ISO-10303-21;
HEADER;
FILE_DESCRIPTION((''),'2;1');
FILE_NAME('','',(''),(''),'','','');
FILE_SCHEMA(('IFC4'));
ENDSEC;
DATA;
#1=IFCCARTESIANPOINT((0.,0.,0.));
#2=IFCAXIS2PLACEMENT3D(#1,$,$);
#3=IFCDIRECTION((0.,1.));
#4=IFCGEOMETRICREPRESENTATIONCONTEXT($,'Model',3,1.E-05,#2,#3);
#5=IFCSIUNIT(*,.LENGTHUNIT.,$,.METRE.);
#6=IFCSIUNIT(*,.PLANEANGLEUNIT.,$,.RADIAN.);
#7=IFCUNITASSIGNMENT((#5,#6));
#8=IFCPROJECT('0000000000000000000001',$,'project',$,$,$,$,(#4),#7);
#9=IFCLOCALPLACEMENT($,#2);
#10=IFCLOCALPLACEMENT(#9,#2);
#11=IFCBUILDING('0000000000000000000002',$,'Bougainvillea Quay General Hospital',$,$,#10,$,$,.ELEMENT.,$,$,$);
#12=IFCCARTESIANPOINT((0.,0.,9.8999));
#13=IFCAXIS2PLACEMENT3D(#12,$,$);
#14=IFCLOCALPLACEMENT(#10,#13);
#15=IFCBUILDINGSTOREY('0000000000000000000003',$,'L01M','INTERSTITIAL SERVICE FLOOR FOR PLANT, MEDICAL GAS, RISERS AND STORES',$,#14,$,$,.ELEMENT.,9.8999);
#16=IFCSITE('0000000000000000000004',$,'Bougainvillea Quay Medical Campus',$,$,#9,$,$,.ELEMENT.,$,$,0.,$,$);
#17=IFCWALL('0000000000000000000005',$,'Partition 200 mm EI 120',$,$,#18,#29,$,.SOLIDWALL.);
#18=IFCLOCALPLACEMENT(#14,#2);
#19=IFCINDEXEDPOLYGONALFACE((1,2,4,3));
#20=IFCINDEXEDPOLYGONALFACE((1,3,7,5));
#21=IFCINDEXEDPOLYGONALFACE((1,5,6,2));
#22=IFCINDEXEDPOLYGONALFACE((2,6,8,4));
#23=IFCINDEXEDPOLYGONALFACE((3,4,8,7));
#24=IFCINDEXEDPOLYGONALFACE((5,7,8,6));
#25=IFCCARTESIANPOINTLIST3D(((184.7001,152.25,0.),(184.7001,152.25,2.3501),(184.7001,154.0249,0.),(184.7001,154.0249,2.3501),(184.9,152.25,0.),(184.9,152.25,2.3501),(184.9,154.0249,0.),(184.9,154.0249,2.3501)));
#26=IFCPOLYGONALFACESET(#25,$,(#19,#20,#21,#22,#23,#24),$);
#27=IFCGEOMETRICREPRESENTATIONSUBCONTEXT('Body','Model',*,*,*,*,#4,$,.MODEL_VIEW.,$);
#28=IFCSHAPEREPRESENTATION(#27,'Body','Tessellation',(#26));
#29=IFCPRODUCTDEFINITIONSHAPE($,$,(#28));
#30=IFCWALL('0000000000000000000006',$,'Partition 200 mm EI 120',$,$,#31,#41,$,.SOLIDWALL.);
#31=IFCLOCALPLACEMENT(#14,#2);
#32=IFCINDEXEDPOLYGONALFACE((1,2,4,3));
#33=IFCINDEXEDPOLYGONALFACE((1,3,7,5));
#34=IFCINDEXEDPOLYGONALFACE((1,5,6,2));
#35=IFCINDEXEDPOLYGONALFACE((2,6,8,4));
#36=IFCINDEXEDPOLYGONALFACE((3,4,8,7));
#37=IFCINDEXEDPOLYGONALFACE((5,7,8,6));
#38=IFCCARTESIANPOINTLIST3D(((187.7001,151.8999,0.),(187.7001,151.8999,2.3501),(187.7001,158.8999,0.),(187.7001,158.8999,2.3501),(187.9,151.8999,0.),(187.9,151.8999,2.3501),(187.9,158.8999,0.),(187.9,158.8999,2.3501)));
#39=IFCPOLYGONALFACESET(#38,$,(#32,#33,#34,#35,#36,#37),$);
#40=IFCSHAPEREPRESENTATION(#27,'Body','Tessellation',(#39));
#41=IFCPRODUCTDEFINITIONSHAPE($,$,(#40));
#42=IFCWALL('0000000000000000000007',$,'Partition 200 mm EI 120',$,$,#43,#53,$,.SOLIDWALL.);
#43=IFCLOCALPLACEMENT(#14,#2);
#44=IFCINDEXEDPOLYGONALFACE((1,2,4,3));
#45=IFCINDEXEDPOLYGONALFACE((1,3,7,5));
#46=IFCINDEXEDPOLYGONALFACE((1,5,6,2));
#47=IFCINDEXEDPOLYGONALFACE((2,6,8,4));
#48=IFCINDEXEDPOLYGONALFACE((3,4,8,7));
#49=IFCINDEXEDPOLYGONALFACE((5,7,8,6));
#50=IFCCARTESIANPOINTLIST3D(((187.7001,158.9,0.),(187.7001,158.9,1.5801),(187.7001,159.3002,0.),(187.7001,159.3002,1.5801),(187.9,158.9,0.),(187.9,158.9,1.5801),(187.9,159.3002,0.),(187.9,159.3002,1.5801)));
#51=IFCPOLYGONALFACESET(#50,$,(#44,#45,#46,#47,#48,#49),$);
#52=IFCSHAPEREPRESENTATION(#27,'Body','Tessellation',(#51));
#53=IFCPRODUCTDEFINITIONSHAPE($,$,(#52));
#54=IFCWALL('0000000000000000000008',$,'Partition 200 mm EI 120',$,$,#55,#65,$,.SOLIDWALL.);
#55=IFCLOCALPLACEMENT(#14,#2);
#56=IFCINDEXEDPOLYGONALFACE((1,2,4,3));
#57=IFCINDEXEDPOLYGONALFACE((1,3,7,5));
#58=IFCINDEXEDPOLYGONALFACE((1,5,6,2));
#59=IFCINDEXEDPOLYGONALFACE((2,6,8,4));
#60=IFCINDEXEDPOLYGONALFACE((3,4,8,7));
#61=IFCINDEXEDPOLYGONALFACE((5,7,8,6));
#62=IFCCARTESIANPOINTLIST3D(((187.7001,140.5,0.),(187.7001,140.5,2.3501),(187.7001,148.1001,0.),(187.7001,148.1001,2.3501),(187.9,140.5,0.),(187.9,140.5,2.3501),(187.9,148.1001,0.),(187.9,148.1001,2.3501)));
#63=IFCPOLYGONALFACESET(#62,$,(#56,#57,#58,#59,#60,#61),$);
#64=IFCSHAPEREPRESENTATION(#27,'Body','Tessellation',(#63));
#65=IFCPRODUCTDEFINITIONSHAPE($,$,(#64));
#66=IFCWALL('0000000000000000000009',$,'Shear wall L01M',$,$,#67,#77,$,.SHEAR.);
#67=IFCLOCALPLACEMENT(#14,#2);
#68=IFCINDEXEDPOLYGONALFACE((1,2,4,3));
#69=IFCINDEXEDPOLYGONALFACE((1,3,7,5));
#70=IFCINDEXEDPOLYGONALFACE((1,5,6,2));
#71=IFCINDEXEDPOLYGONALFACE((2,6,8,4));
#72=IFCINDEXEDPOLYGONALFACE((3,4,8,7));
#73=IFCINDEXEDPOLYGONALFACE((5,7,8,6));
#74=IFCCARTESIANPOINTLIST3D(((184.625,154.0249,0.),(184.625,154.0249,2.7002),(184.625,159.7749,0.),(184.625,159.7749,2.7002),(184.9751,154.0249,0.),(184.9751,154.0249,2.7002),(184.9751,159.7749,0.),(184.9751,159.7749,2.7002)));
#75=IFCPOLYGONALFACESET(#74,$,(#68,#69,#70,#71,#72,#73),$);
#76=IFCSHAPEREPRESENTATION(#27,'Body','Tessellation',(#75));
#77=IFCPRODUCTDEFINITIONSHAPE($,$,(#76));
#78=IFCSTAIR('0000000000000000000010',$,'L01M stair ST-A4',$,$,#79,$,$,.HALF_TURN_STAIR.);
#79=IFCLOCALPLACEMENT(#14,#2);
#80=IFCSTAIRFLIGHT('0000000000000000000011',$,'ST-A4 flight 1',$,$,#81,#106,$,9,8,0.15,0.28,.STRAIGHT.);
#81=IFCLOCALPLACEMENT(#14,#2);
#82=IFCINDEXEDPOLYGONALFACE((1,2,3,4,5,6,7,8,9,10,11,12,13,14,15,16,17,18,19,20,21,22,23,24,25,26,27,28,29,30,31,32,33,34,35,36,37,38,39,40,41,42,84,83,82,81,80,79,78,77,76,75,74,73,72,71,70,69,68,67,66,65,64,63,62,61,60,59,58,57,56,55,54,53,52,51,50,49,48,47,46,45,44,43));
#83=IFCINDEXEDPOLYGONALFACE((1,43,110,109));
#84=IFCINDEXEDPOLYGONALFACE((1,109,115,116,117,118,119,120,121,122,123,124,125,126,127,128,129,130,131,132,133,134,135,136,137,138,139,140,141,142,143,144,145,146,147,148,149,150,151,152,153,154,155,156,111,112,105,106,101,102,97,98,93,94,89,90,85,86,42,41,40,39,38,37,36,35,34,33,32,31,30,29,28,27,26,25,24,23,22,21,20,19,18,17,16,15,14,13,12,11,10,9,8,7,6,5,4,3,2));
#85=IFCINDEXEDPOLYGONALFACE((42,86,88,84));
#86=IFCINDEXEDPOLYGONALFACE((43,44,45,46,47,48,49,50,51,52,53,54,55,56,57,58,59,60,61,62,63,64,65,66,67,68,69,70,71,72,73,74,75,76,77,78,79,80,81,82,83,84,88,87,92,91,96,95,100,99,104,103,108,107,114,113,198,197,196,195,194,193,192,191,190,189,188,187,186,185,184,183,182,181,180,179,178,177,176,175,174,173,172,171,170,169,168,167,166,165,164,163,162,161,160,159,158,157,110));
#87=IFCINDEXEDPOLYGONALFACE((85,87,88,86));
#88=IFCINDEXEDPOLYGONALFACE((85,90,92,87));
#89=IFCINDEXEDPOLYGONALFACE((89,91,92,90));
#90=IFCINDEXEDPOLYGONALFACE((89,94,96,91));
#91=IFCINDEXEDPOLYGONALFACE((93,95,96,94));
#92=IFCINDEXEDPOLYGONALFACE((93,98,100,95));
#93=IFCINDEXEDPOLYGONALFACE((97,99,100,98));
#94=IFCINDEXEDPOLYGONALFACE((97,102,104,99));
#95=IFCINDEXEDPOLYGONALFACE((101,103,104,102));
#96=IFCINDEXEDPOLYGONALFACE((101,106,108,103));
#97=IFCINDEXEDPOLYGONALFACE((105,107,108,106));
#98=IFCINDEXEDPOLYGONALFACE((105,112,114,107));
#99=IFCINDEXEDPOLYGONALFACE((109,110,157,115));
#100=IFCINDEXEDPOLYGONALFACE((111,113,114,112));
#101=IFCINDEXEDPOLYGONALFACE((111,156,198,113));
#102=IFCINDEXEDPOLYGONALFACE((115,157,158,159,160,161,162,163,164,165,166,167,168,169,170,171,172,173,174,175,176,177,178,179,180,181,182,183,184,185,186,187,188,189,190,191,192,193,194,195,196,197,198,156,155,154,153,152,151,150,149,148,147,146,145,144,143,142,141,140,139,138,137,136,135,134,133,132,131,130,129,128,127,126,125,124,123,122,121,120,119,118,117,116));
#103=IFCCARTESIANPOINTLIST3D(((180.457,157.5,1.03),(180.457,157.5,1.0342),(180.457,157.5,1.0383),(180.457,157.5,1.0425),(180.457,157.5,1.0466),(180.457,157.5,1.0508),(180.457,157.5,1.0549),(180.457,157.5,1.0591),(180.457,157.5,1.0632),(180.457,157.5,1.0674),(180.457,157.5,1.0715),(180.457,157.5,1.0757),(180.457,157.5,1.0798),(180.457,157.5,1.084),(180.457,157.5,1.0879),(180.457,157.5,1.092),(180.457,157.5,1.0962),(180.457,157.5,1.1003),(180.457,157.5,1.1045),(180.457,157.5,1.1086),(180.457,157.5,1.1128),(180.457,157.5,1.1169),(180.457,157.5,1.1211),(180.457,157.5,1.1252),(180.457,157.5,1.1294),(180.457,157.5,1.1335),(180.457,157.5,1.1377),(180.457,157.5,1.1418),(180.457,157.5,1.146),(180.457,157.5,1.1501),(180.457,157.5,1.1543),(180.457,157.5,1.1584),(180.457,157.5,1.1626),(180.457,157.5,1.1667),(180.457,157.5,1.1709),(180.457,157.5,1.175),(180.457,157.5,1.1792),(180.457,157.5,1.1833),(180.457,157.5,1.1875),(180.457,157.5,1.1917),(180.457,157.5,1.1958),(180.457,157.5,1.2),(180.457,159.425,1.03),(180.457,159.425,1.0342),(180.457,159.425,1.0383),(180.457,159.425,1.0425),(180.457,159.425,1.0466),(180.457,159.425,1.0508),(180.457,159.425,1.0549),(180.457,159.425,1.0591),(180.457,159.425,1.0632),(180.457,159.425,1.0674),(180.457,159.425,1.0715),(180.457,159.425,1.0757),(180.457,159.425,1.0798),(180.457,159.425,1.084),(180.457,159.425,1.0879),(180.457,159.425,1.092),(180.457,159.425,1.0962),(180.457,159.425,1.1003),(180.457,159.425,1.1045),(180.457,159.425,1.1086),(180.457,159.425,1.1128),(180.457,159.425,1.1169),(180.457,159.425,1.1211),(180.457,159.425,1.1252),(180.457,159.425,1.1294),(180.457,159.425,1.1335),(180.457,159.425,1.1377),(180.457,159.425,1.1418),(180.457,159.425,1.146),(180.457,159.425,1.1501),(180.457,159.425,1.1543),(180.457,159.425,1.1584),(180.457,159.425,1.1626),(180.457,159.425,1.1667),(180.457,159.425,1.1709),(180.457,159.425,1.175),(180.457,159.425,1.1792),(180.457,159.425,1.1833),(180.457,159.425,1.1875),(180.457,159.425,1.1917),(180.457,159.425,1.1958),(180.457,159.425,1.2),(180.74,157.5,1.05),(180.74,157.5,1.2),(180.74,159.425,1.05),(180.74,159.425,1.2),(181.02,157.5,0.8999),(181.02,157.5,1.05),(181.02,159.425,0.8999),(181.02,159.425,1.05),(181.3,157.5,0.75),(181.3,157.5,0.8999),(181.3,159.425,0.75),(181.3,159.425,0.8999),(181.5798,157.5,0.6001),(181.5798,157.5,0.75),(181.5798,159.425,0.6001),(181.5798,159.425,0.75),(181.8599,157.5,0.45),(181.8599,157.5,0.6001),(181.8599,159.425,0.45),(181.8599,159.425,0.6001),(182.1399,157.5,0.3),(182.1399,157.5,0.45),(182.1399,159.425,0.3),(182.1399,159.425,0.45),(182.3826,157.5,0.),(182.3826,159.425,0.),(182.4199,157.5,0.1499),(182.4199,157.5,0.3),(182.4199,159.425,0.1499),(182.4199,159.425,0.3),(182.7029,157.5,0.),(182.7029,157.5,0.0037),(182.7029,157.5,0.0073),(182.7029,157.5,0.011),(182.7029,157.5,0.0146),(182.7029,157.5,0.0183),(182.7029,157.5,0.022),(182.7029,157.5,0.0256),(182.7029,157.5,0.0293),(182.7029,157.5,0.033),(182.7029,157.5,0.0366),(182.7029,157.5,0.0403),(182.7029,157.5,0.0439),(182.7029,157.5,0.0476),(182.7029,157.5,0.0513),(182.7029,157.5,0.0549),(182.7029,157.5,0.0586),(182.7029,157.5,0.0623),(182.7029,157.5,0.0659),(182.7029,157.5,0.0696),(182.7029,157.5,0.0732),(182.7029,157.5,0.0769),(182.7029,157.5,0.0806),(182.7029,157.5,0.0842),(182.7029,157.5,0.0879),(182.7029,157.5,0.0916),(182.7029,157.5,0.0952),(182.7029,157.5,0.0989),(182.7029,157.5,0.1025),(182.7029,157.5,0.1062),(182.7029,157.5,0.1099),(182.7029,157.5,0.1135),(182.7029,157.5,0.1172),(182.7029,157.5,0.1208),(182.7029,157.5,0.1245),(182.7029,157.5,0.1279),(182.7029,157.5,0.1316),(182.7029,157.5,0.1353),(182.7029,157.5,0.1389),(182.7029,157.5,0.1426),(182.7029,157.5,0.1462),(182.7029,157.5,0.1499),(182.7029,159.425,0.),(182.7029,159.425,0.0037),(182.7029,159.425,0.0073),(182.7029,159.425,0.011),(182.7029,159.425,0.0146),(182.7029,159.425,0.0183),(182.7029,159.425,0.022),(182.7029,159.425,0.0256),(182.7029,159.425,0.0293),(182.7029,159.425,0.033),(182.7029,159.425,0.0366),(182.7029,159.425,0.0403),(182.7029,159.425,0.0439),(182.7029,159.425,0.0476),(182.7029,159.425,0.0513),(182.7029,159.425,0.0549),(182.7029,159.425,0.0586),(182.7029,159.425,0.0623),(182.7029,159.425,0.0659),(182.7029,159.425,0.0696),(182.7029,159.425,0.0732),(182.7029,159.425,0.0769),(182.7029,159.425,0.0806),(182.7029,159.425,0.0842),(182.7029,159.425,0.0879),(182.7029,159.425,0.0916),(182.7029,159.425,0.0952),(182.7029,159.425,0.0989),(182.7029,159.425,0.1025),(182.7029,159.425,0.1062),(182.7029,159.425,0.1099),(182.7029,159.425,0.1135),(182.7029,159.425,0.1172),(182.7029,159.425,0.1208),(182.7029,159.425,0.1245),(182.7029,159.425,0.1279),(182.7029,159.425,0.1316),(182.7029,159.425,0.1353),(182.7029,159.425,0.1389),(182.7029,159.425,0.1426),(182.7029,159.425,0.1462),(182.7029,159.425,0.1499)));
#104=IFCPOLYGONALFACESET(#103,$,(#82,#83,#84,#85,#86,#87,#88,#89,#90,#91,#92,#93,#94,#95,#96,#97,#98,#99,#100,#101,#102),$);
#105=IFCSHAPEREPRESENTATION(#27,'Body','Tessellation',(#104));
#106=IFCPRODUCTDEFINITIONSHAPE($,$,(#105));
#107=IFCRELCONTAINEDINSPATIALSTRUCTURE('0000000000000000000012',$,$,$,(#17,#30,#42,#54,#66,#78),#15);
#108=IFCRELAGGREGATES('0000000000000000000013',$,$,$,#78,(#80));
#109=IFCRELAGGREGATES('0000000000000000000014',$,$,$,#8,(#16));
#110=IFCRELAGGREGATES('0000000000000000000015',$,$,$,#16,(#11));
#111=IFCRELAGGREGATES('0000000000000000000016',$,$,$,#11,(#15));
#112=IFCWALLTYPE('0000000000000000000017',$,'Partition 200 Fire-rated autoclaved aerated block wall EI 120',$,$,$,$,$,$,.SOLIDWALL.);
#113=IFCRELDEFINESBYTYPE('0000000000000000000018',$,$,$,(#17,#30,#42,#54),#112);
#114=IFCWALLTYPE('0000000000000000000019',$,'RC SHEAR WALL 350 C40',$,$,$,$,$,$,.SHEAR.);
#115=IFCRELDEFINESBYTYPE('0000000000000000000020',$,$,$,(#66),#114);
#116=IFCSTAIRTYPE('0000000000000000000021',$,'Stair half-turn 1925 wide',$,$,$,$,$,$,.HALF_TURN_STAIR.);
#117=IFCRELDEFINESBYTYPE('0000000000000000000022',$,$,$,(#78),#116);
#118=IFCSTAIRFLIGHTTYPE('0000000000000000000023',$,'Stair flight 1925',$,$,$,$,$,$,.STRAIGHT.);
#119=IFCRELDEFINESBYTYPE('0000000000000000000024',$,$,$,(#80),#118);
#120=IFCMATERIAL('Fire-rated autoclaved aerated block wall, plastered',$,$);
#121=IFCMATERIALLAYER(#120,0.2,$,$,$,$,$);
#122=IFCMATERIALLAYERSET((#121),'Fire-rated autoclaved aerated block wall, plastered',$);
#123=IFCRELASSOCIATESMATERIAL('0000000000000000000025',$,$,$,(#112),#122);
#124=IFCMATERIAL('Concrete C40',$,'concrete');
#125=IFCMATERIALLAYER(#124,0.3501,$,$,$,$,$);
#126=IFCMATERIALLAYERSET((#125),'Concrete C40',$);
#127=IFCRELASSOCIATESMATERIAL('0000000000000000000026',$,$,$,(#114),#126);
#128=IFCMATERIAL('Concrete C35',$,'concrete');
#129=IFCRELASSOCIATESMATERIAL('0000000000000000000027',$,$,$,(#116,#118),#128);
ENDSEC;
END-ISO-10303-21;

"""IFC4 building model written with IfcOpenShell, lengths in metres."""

from ifc_helpers import new_model, si_unit, direction, frame, frame_2d, origin, place, context, subcontext, project, spatial, polyline, rectangle, outline, extrude, material, layer, layer_set, type_object, element, aggregate, save


model = new_model("IFC4")

# Units and contexts
model_context = context("Model", 3, precision=1e-05, world=origin(), true_north=direction((0.0, 1.0)))
body_context = subcontext(model_context, "Body", "Model", "MODEL_VIEW")
ifc_project = project(units=[si_unit("LENGTHUNIT", "METRE"), si_unit("PLANEANGLEUNIT", "RADIAN")], contexts=[model_context])

# Site, building, storey
site_placement = place(None, origin())
site = spatial("IfcSite", under=ifc_project, at=site_placement, Name="Bougainvillea Quay Medical Campus", CompositionType="ELEMENT", RefElevation=0.0)
building_placement = place(site_placement, origin())
building = spatial("IfcBuilding", under=site, at=building_placement, Name="Bougainvillea Quay General Hospital", CompositionType="ELEMENT")
storey_placement = place(building_placement, frame((0.0, 0.0, 9.8999)))
storey = spatial("IfcBuildingStorey", under=building, at=storey_placement, Name="L01M", Description="INTERSTITIAL SERVICE FLOOR FOR PLANT, MEDICAL GAS, RISERS AND STORES", CompositionType="ELEMENT", Elevation=9.8999)

# Shared definitions
ifc_material_1 = material(Name="Concrete C40", Category="concrete")

# Shared definitions
ifc_material_2 = material(Name="Fire-rated autoclaved aerated block wall, plastered")
ifc_layer_1 = layer(ifc_material_2, 0.2)
ifc_layer_set_1 = layer_set([ifc_layer_1], Name="Fire-rated autoclaved aerated block wall, plastered")
wall_type_1 = type_object("IfcWallType", Name="Partition 200 Fire-rated autoclaved aerated block wall EI 120", PredefinedType="SOLIDWALL", material=ifc_layer_set_1)

# Walls
wall_1_placement = place(storey_placement, frame((184.8, 152.25, 0.0), z_axis=(0.0, 0.0, 1.0), x_axis=(0.0, 1.0, 0.0)))
element("IfcWall", 1, at=wall_1_placement, inside=storey, type_object=wall_type_1, Name="Partition 200 mm EI 120", PredefinedType="SOLIDWALL", context=body_context, shape_type="SweptSolid", body=[
    extrude(rectangle(XDim=1.7749, YDim=0.2, at=frame_2d((0.8875, 0.0))), origin(), (0.0, 0.0, 1.0), 2.3501),
])
wall_2_placement = place(storey_placement, frame((187.8, 151.8999, 0.0), z_axis=(0.0, 0.0, 1.0), x_axis=(0.0, 1.0, 0.0)))
element("IfcWall", 2, at=wall_2_placement, inside=storey, type_object=wall_type_1, Name="Partition 200 mm EI 120", PredefinedType="SOLIDWALL", context=body_context, shape_type="SweptSolid", body=[
    extrude(rectangle(XDim=7.0, YDim=0.2, at=frame_2d((3.5, 0.0))), origin(), (0.0, 0.0, 1.0), 2.3501),
])
wall_3_placement = place(storey_placement, frame((187.8, 158.8999, 0.0), z_axis=(0.0, 0.0, 1.0), x_axis=(0.0, 1.0, 0.0)))
element("IfcWall", 3, at=wall_3_placement, inside=storey, type_object=wall_type_1, Name="Partition 200 mm EI 120", PredefinedType="SOLIDWALL", context=body_context, shape_type="SweptSolid", body=[
    extrude(rectangle(XDim=0.4001, YDim=0.2, at=frame_2d((0.2002, 0.0))), origin(), (0.0, 0.0, 1.0), 1.5801),
])
wall_4_placement = place(storey_placement, frame((187.8, 140.5, 0.0), z_axis=(0.0, 0.0, 1.0), x_axis=(0.0, 1.0, 0.0)))
element("IfcWall", 4, at=wall_4_placement, inside=storey, type_object=wall_type_1, Name="Partition 200 mm EI 120", PredefinedType="SOLIDWALL", context=body_context, shape_type="SweptSolid", body=[
    extrude(rectangle(XDim=7.6001, YDim=0.2, at=frame_2d((3.8, 0.0))), origin(), (0.0, 0.0, 1.0), 2.3501),
])
ifc_layer_2 = layer(ifc_material_1, 0.3501)
ifc_layer_set_2 = layer_set([ifc_layer_2], Name="Concrete C40")
wall_type_2 = type_object("IfcWallType", Name="RC SHEAR WALL 350 C40", PredefinedType="SHEAR", material=ifc_layer_set_2)
wall_5_placement = place(storey_placement, frame((184.8, 154.0249, 0.0), z_axis=(0.0, 0.0, 1.0), x_axis=(0.0, 1.0, 0.0)))
element("IfcWall", 5, at=wall_5_placement, inside=storey, type_object=wall_type_2, Name="Shear wall L01M", PredefinedType="SHEAR", context=body_context, shape_type="SweptSolid", body=[
    extrude(rectangle(XDim=5.75, YDim=0.3501, at=frame_2d((2.875, 0.0))), origin(), (0.0, 0.0, 1.0), 2.7002),
])

# Stair, stair flight
ifc_material_3 = material(Name="Concrete C35", Category="concrete")
stair_type = type_object("IfcStairType", Name="Stair half-turn 1925 wide", PredefinedType="HALF_TURN_STAIR", material=ifc_material_3)
stair_placement = place(storey_placement, origin())
stair = element("IfcStair", 6, at=stair_placement, inside=storey, type_object=stair_type, Name="L01M stair ST-A4", PredefinedType="HALF_TURN_STAIR")
stair_flight_type = type_object("IfcStairFlightType", Name="Stair flight 1925", PredefinedType="STRAIGHT", material=ifc_material_3)
stair_flight_placement = place(storey_placement, frame((182.7, 158.4624, 0.0), z_axis=(0.0, 0.0, 1.0), x_axis=(-1.0, 0.0, 0.0)))
stair_flight = element("IfcStairFlight", 7, at=stair_flight_placement, type_object=stair_flight_type, Name="ST-A4 flight 1", NumberOfRisers=9, NumberOfTreads=8, PredefinedType="STRAIGHT", RiserHeight=0.15, TreadLength=0.28, context=body_context, shape_type="SweptSolid", body=[
    extrude(outline(polyline([(-0.0029, 0.0), (-0.0029, 0.0037), (-0.0029, 0.0073), (-0.0029, 0.011), (-0.0029, 0.0146), (-0.0029, 0.0183), (-0.0029, 0.022), (-0.0029, 0.0256), (-0.0029, 0.0293), (-0.0029, 0.033), (-0.0029, 0.0366), (-0.0029, 0.0403), (-0.0029, 0.0439), (-0.0029, 0.0476), (-0.0029, 0.0513), (-0.0029, 0.0549), (-0.0029, 0.0586), (-0.0029, 0.0623), (-0.0029, 0.0659), (-0.0029, 0.0696), (-0.0029, 0.0732), (-0.0029, 0.0769), (-0.0029, 0.0806), (-0.0029, 0.0842), (-0.0029, 0.0879), (-0.0029, 0.0916), (-0.0029, 0.0952), (-0.0029, 0.0989), (-0.0029, 0.1025), (-0.0029, 0.1062), (-0.0029, 0.1099), (-0.0029, 0.1135), (-0.0029, 0.1172), (-0.0029, 0.1208), (-0.0029, 0.1245), (-0.0029, 0.1279), (-0.0029, 0.1316), (-0.0029, 0.1353), (-0.0029, 0.1389), (-0.0029, 0.1426), (-0.0029, 0.1462), (-0.0029, 0.1499), (0.28, 0.1499), (0.28, 0.3), (0.5601, 0.3), (0.5601, 0.45), (0.8401, 0.45), (0.8401, 0.6001), (1.1201, 0.6001), (1.1201, 0.75), (1.3999, 0.75), (1.3999, 0.8999), (1.6799, 0.8999), (1.6799, 1.05), (1.96, 1.05), (1.96, 1.2), (2.2429, 1.2), (2.2429, 1.1958), (2.2429, 1.1917), (2.2429, 1.1875), (2.2429, 1.1833), (2.2429, 1.1792), (2.2429, 1.175), (2.2429, 1.1709), (2.2429, 1.1667), (2.2429, 1.1626), (2.2429, 1.1584), (2.2429, 1.1543), (2.2429, 1.1501), (2.2429, 1.146), (2.2429, 1.1418), (2.2429, 1.1377), (2.2429, 1.1335), (2.2429, 1.1294), (2.2429, 1.1252), (2.2429, 1.1211), (2.2429, 1.1169), (2.2429, 1.1128), (2.2429, 1.1086), (2.2429, 1.1045), (2.2429, 1.1003), (2.2429, 1.0962), (2.2429, 1.092), (2.2429, 1.0879), (2.2429, 1.084), (2.2429, 1.0798), (2.2429, 1.0757), (2.2429, 1.0715), (2.2429, 1.0674), (2.2429, 1.0632), (2.2429, 1.0591), (2.2429, 1.0549), (2.2429, 1.0508), (2.2429, 1.0466), (2.2429, 1.0425), (2.2429, 1.0383), (2.2429, 1.0342), (2.2429, 1.03), (0.3174, 0.0), (-0.0029, 0.0)])), frame((0.0, 0.9624, 0.0), z_axis=(0.0, -1.0, 0.0), x_axis=(1.0, 0.0, 0.0)), (0.0, 0.0, 1.0), 1.925),
])
aggregate(stair, [stair_flight])

save(model, "model.ifc")
